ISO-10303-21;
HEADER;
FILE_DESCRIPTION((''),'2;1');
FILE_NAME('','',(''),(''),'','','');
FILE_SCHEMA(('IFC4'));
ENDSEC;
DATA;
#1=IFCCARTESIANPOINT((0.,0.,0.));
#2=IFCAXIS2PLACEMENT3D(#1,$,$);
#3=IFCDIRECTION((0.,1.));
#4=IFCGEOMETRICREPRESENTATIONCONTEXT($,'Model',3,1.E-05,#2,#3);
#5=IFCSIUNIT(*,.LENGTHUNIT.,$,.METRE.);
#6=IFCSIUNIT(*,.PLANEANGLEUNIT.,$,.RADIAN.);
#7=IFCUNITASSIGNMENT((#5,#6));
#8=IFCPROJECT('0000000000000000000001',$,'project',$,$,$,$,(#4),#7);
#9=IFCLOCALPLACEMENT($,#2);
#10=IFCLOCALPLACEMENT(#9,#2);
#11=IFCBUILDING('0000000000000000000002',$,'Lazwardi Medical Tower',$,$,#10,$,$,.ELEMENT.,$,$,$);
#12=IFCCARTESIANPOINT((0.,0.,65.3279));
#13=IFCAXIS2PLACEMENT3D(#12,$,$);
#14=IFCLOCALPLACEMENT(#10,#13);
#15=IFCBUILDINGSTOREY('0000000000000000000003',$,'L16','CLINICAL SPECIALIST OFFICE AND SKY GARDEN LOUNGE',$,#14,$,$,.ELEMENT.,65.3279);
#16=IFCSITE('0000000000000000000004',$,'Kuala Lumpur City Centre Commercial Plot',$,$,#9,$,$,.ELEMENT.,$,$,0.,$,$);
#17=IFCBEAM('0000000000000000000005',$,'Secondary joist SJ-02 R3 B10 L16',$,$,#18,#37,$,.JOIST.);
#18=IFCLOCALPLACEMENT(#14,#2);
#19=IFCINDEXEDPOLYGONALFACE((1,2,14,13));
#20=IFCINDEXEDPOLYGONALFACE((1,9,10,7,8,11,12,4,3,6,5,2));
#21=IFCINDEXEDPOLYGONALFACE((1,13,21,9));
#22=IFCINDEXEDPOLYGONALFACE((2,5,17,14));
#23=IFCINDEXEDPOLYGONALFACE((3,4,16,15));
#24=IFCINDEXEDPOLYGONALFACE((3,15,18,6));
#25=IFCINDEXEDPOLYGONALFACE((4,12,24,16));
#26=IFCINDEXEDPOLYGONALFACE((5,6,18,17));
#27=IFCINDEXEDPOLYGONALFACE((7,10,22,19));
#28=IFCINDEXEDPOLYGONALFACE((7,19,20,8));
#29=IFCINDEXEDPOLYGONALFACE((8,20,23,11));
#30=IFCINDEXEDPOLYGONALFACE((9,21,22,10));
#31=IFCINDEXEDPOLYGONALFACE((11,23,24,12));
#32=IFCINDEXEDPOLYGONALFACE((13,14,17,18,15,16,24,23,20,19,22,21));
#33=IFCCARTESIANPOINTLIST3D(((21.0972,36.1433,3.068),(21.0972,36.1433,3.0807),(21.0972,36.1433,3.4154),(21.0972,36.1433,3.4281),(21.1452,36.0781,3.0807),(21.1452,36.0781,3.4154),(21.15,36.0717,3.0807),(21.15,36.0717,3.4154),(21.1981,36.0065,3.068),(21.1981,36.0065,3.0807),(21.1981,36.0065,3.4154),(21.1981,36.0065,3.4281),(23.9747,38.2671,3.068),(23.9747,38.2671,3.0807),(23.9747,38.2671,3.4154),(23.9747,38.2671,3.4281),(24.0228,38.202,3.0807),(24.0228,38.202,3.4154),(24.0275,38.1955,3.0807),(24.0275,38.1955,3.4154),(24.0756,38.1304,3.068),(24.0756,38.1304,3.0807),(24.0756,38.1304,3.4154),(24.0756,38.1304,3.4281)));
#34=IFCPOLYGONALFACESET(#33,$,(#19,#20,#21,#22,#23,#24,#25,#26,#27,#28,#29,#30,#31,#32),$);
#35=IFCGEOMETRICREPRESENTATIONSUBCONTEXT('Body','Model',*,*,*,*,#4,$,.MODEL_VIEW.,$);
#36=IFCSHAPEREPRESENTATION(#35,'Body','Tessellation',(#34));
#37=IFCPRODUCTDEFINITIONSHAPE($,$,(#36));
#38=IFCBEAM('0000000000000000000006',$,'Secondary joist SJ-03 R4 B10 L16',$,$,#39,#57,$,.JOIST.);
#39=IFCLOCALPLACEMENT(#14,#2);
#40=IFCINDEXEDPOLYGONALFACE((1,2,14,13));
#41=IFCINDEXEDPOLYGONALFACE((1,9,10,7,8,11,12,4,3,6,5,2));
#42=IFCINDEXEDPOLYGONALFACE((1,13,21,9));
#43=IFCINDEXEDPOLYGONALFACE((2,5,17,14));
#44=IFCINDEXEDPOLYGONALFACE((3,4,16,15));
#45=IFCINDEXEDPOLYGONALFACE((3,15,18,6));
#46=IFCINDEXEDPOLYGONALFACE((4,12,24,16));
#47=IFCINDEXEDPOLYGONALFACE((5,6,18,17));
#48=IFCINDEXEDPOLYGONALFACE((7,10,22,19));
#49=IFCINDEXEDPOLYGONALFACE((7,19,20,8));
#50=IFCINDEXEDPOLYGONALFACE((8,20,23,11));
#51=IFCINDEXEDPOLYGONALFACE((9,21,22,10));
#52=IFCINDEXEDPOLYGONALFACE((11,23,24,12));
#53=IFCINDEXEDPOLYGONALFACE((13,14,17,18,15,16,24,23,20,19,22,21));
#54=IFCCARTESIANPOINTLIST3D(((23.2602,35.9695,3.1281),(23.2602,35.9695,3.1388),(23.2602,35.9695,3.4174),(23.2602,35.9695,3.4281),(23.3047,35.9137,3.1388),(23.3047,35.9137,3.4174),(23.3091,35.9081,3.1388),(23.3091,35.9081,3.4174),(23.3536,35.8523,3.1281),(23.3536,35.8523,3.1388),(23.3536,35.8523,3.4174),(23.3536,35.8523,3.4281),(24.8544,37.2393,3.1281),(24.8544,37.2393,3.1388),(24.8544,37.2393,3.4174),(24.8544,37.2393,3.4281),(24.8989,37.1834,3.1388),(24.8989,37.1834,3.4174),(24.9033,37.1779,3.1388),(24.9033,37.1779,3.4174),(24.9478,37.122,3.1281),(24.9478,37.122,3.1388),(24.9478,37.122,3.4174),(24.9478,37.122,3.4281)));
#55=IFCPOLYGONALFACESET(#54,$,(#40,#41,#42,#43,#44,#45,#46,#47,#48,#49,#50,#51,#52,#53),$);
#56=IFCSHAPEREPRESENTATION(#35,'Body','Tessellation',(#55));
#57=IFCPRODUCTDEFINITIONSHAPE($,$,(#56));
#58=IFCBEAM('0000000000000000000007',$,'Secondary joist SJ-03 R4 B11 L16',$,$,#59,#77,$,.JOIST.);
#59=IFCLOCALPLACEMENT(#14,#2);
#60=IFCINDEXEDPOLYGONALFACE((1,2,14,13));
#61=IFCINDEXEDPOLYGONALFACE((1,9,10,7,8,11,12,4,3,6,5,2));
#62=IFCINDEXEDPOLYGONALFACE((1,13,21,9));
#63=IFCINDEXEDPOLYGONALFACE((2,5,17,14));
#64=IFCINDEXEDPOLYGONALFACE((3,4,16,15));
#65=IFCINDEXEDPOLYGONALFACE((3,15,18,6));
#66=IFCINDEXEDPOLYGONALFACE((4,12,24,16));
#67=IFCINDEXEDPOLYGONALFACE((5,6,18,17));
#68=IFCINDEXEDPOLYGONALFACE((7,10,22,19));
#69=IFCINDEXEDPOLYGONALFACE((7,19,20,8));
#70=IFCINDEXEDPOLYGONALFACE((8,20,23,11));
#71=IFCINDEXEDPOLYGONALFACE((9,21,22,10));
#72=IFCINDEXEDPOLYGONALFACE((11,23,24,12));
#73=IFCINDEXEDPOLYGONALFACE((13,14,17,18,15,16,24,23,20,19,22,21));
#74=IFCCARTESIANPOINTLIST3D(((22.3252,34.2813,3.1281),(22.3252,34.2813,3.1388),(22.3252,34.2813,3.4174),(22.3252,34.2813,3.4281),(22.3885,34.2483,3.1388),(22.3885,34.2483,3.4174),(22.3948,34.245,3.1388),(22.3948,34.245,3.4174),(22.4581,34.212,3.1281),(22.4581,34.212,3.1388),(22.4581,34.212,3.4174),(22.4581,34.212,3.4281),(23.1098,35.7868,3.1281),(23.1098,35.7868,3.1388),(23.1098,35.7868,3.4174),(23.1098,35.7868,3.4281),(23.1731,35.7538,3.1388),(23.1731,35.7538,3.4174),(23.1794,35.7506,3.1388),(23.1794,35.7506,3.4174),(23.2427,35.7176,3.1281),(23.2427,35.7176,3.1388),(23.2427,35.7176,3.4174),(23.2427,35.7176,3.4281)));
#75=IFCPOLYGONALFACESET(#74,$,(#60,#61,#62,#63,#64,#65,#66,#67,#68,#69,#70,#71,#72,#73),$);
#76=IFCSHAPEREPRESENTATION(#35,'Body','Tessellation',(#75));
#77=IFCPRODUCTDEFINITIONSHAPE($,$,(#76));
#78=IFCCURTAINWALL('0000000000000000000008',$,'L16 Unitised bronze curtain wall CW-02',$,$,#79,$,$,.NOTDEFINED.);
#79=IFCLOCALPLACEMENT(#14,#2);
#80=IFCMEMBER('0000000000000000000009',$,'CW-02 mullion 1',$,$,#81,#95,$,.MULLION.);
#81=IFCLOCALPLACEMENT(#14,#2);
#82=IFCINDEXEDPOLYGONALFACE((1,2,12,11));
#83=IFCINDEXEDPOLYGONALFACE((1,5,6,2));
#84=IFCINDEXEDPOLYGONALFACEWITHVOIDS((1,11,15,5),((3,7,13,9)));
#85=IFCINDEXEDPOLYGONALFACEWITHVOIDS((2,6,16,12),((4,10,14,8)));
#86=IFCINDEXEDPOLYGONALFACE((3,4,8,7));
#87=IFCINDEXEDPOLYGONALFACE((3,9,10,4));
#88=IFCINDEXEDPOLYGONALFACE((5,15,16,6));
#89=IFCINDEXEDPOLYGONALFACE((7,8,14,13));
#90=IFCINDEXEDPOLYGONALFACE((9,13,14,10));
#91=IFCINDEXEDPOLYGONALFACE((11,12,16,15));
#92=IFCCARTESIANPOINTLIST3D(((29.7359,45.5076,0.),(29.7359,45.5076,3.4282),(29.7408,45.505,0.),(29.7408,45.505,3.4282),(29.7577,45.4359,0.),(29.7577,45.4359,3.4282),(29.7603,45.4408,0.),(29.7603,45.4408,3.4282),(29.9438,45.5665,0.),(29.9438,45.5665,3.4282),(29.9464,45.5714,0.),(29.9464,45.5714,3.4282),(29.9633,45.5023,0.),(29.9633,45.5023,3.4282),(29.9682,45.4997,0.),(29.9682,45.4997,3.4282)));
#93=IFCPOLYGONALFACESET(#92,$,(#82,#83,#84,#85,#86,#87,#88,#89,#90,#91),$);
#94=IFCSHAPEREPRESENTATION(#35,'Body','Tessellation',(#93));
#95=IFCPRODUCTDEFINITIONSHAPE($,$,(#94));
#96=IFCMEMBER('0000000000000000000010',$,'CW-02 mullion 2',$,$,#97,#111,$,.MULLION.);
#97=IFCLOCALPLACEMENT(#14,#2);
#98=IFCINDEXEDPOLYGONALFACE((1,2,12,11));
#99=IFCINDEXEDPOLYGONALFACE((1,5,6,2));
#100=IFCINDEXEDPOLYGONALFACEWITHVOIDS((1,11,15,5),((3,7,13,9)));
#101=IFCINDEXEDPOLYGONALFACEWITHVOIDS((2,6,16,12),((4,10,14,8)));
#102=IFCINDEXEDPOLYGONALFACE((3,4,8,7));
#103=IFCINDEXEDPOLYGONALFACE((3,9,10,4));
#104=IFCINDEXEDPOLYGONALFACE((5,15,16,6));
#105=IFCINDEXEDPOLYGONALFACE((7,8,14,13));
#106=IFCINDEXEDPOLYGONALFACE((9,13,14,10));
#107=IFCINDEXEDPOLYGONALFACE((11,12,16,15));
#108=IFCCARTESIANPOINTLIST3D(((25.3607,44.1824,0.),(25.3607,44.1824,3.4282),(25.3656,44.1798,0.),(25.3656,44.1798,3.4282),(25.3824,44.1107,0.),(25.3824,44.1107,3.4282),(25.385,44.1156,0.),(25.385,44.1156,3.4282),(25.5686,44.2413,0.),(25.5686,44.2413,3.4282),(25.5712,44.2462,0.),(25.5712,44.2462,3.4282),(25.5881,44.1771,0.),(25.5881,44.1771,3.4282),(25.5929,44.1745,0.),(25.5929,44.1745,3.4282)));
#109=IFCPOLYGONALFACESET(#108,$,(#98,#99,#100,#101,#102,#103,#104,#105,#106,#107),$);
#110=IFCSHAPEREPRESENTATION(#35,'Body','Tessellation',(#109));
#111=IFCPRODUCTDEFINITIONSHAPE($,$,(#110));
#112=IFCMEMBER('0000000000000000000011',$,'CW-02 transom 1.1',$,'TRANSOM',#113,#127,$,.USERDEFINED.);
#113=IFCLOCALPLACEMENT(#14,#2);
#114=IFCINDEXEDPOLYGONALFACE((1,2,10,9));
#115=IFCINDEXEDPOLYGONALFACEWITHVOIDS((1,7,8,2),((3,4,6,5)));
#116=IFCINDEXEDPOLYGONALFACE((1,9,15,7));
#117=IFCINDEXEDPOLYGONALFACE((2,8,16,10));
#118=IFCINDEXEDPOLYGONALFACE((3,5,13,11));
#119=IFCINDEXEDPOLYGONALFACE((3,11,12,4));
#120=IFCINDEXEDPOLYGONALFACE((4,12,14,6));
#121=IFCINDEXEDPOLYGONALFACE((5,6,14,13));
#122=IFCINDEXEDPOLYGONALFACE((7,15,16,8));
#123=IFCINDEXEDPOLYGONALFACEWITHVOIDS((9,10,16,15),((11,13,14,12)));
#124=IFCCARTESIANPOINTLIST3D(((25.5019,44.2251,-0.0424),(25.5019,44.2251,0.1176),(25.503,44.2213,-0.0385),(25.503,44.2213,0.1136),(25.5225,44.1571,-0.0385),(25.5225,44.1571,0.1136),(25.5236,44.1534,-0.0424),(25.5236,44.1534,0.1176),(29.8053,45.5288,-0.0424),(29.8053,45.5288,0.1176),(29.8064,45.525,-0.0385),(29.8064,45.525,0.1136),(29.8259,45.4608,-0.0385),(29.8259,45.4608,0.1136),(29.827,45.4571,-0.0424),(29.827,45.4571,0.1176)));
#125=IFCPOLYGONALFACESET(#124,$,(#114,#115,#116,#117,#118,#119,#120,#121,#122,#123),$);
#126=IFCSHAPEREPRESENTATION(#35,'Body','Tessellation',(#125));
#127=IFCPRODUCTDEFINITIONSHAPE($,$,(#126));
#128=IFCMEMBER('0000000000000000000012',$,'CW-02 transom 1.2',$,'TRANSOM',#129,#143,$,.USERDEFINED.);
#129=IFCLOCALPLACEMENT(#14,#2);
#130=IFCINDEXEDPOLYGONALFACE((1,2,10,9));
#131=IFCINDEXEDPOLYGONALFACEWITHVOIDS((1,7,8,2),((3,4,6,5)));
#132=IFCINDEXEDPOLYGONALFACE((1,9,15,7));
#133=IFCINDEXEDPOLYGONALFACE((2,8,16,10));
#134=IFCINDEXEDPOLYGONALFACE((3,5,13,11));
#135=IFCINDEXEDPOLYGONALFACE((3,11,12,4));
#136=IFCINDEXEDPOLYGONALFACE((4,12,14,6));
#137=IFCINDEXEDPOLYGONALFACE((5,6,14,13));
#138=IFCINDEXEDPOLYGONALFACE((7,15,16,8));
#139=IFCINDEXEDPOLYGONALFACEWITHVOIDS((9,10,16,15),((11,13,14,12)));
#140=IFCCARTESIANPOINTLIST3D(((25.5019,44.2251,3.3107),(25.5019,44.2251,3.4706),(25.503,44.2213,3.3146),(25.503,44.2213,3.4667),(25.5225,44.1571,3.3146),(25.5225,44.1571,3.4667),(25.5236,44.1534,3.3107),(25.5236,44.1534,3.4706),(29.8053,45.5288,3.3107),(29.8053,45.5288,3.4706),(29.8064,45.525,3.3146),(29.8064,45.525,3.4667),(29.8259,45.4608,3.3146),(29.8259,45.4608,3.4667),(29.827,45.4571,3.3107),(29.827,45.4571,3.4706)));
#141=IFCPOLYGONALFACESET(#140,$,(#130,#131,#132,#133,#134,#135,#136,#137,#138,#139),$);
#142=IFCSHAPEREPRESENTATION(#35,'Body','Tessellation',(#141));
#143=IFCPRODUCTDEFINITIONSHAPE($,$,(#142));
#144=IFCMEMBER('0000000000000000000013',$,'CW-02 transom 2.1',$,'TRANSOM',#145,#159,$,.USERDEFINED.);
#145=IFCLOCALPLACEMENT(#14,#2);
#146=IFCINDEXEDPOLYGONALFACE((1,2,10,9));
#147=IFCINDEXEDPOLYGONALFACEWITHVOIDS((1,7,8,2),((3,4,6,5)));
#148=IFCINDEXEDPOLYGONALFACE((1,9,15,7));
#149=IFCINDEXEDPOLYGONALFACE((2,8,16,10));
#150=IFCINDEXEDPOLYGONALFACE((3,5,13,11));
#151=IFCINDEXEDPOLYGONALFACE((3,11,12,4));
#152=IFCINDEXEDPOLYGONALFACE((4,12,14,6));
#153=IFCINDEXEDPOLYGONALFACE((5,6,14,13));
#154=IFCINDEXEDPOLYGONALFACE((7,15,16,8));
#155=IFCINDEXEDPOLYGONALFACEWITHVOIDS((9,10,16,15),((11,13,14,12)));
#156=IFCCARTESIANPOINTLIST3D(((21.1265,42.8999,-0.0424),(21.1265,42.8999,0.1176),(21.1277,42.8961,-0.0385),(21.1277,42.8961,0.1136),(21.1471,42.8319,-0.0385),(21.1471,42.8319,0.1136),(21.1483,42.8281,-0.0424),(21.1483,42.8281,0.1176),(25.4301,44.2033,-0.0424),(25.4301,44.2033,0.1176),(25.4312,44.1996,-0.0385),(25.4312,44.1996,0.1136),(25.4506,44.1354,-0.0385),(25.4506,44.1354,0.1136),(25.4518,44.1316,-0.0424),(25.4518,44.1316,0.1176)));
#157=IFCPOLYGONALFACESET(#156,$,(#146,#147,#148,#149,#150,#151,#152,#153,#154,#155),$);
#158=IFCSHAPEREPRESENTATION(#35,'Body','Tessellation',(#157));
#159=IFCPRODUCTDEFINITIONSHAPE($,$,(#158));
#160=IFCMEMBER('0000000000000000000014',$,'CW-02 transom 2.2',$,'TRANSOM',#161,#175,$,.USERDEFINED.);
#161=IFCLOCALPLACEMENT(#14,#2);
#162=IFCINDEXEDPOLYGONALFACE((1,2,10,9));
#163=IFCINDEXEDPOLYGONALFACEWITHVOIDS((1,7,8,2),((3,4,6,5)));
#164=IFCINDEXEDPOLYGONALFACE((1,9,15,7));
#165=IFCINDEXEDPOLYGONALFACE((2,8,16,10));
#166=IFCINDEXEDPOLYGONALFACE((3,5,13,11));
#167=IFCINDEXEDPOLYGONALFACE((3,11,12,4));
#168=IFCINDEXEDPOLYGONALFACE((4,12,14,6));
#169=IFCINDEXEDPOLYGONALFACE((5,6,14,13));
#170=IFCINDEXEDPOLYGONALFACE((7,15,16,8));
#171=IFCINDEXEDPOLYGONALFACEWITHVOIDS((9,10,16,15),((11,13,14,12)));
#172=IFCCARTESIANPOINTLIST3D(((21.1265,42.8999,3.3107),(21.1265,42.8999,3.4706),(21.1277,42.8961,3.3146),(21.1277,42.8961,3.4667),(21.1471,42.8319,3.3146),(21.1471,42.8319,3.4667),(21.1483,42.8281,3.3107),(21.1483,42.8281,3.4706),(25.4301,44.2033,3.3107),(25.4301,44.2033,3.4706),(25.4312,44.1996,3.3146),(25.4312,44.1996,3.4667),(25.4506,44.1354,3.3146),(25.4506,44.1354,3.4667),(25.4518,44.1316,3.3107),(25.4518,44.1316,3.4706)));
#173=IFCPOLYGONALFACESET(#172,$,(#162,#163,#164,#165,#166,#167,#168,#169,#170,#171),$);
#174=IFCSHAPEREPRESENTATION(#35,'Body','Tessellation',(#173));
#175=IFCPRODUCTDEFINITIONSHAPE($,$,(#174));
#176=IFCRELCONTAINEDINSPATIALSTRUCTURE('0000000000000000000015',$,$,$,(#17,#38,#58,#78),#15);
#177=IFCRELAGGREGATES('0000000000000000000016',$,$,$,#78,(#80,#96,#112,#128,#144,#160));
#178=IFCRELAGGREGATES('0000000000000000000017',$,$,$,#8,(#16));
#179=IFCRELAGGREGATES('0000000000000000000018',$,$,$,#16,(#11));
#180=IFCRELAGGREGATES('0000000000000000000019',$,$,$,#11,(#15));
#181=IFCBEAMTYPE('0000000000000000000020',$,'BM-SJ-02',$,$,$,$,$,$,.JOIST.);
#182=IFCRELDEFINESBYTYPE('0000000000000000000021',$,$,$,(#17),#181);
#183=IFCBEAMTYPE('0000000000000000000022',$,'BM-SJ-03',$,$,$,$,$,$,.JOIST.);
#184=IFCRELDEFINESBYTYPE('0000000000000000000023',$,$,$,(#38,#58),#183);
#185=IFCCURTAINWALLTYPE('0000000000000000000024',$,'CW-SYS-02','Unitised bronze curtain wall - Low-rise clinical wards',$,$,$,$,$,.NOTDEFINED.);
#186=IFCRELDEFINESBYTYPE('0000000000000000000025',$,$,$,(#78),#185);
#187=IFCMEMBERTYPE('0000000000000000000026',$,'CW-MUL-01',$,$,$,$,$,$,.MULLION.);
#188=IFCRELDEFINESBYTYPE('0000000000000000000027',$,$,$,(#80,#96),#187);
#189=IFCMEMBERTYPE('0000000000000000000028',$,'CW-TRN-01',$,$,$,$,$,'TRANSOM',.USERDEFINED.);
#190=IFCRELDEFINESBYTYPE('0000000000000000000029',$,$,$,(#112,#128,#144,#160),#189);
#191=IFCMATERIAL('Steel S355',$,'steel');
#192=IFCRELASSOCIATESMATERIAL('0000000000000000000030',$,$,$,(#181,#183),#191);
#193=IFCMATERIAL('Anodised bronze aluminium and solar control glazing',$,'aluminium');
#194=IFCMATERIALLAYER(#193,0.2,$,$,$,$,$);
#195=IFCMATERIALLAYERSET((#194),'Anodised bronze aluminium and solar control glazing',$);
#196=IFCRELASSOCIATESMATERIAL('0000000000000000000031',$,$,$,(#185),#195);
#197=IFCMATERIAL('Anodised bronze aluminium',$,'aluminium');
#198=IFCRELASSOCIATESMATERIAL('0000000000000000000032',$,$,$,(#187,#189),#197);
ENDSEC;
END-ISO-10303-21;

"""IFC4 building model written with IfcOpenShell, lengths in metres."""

from ifc_helpers import new_model, si_unit, direction, frame, origin, origin_2d, place, context, subcontext, project, spatial, hollow_rectangle, i_section, extrude, material, layer, layer_set, material_profile, profile_set, type_object, element, aggregate, save


model = new_model("IFC4")

# Units and contexts
model_context = context("Model", 3, precision=1e-05, world=origin(), true_north=direction((0.0, 1.0)))
body_context = subcontext(model_context, "Body", "Model", "MODEL_VIEW")
ifc_project = project(units=[si_unit("LENGTHUNIT", "METRE"), si_unit("PLANEANGLEUNIT", "RADIAN")], contexts=[model_context])

# Site, building, storey
site_placement = place(None, origin())
site = spatial("IfcSite", under=ifc_project, at=site_placement, Name="Kuala Lumpur City Centre Commercial Plot", CompositionType="ELEMENT", RefElevation=0.0)
building_placement = place(site_placement, origin())
building = spatial("IfcBuilding", under=site, at=building_placement, Name="Lazwardi Medical Tower", CompositionType="ELEMENT")
storey_placement = place(building_placement, frame((0.0, 0.0, 65.3279)))
storey = spatial("IfcBuildingStorey", under=building, at=storey_placement, Name="L16", Description="CLINICAL SPECIALIST OFFICE AND SKY GARDEN LOUNGE", CompositionType="ELEMENT", Elevation=65.3279)

# Beams
ifc_material_1 = material(Name="Steel S355", Category="steel")
ifc_material_profile_1 = material_profile(ifc_material_1, i_section(OverallWidth=0.1699, OverallDepth=0.3601, WebThickness=0.0081, FlangeThickness=0.0127, at=origin_2d()), Name="IPE 360")
ifc_profile_set_1 = profile_set([ifc_material_profile_1], Name="Steel S355")
beam_type_1 = type_object("IfcBeamType", Name="BM-SJ-02", PredefinedType="JOIST", material=ifc_profile_set_1)
beam_1_placement = place(storey_placement, frame((24.0251, 38.1987, 3.248), z_axis=(-0.80458, -0.593844, 0.0), x_axis=(0.593844, -0.80458, 0.0)))
element("IfcBeam", 1, at=beam_1_placement, inside=storey, type_object=beam_type_1, Name="Secondary joist SJ-02 R3 B10 L16", PredefinedType="JOIST", context=body_context, shape_type="SweptSolid", body=[
    extrude(i_section(OverallWidth=0.1699, OverallDepth=0.3601, WebThickness=0.0081, FlangeThickness=0.0127, at=origin_2d()), origin(), (0.0, 0.0, 1.0), 3.5764),
])
ifc_material_profile_2 = material_profile(ifc_material_1, i_section(OverallWidth=0.1499, OverallDepth=0.3, WebThickness=0.0071, FlangeThickness=0.0107, at=origin_2d()), Name="IPE 300")
ifc_profile_set_2 = profile_set([ifc_material_profile_2], Name="Steel S355")
beam_type_2 = type_object("IfcBeamType", Name="BM-SJ-03", PredefinedType="JOIST", material=ifc_profile_set_2)
beam_2_placement = place(storey_placement, frame((24.9011, 37.1807, 3.2781), z_axis=(-0.782211, -0.623014, 0.0), x_axis=(0.623014, -0.782211, 0.0)))
element("IfcBeam", 2, at=beam_2_placement, inside=storey, type_object=beam_type_2, Name="Secondary joist SJ-03 R4 B10 L16", PredefinedType="JOIST", context=body_context, shape_type="SweptSolid", body=[
    extrude(i_section(OverallWidth=0.1499, OverallDepth=0.3, WebThickness=0.0071, FlangeThickness=0.0107, at=origin_2d()), origin(), (0.0, 0.0, 1.0), 2.0381),
])
beam_3_placement = place(storey_placement, frame((23.1763, 35.7522, 3.2781), z_axis=(-0.462163, -0.886795, 0.0), x_axis=(0.886795, -0.462163, 0.0)))
element("IfcBeam", 3, at=beam_3_placement, inside=storey, type_object=beam_type_2, Name="Secondary joist SJ-03 R4 B11 L16", PredefinedType="JOIST", context=body_context, shape_type="SweptSolid", body=[
    extrude(i_section(OverallWidth=0.1499, OverallDepth=0.3, WebThickness=0.0071, FlangeThickness=0.0107, at=origin_2d()), origin(), (0.0, 0.0, 1.0), 1.6978),
])

# Curtain wall, members
ifc_material_2 = material(Name="Anodised bronze aluminium and solar control glazing", Category="aluminium")
ifc_layer_1 = layer(ifc_material_2, 0.2)
ifc_layer_set_1 = layer_set([ifc_layer_1], Name="Anodised bronze aluminium and solar control glazing")
curtain_wall_type = type_object("IfcCurtainWallType", Name="CW-SYS-02", Description="Unitised bronze curtain wall - Low-rise clinical wards", PredefinedType="NOTDEFINED", material=ifc_layer_set_1)
curtain_wall_placement = place(storey_placement, origin())
curtain_wall = element("IfcCurtainWall", 4, at=curtain_wall_placement, inside=storey, type_object=curtain_wall_type, Name="L16 Unitised bronze curtain wall CW-02", PredefinedType="NOTDEFINED")
ifc_material_3 = material(Name="Anodised bronze aluminium", Category="aluminium")
ifc_material_profile_3 = material_profile(ifc_material_3, hollow_rectangle(XDim=0.075, YDim=0.22, WallThickness=0.0039, at=origin_2d()), Name="ALU-MULLION 220x75x4")
ifc_profile_set_3 = profile_set([ifc_material_profile_3], Name="Anodised bronze aluminium")
member_type_1 = type_object("IfcMemberType", Name="CW-MUL-01", PredefinedType="MULLION", material=ifc_profile_set_3)
member_1_placement = place(storey_placement, frame((29.8521, 45.5037, 0.0), z_axis=(0.0, 0.0, 1.0), x_axis=(0.289896, -0.957058, 0.0)))
member_1 = element("IfcMember", 5, at=member_1_placement, type_object=member_type_1, Name="CW-02 mullion 1", PredefinedType="MULLION", context=body_context, shape_type="SweptSolid", body=[
    extrude(hollow_rectangle(XDim=0.075, YDim=0.22, WallThickness=0.0039, at=origin_2d()), origin(), (0.0, 0.0, 1.0), 3.4282),
])
member_2_placement = place(storey_placement, frame((25.4768, 44.1785, 0.0), z_axis=(0.0, 0.0, 1.0), x_axis=(0.289896, -0.957058, 0.0)))
member_2 = element("IfcMember", 6, at=member_2_placement, type_object=member_type_1, Name="CW-02 mullion 2", PredefinedType="MULLION", context=body_context, shape_type="SweptSolid", body=[
    extrude(hollow_rectangle(XDim=0.075, YDim=0.22, WallThickness=0.0039, at=origin_2d()), origin(), (0.0, 0.0, 1.0), 3.4282),
])
ifc_material_profile_4 = material_profile(ifc_material_3, hollow_rectangle(XDim=0.075, YDim=0.1599, WallThickness=0.0039, at=origin_2d()), Name="ALU-TRANSOM 160x75x4")
ifc_profile_set_4 = profile_set([ifc_material_profile_4], Name="Anodised bronze aluminium")
member_type_2 = type_object("IfcMemberType", Name="CW-TRN-01", ElementType="TRANSOM", PredefinedType="USERDEFINED", material=ifc_profile_set_4)
member_3_placement = place(storey_placement, frame((29.8162, 45.4929, 0.0376), z_axis=(-0.957047, -0.289932, 0.0), x_axis=(0.289932, -0.957047, 0.0)))
member_3 = element("IfcMember", 7, at=member_3_placement, type_object=member_type_2, Name="CW-02 transom 1.1", ObjectType="TRANSOM", PredefinedType="USERDEFINED", context=body_context, shape_type="SweptSolid", body=[
    extrude(hollow_rectangle(XDim=0.075, YDim=0.1599, WallThickness=0.0039, at=origin_2d()), origin(), (0.0, 0.0, 1.0), 4.4966),
])
member_4_placement = place(storey_placement, frame((29.8162, 45.4929, 3.3906), z_axis=(-0.957047, -0.289932, 0.0), x_axis=(0.289932, -0.957047, 0.0)))
member_4 = element("IfcMember", 8, at=member_4_placement, type_object=member_type_2, Name="CW-02 transom 1.2", ObjectType="TRANSOM", PredefinedType="USERDEFINED", context=body_context, shape_type="SweptSolid", body=[
    extrude(hollow_rectangle(XDim=0.075, YDim=0.1599, WallThickness=0.0039, at=origin_2d()), origin(), (0.0, 0.0, 1.0), 4.4966),
])
member_5_placement = place(storey_placement, frame((25.4409, 44.1675, 0.0376), z_axis=(-0.957062, -0.289882, 0.0), x_axis=(0.289882, -0.957062, 0.0)))
member_5 = element("IfcMember", 9, at=member_5_placement, type_object=member_type_2, Name="CW-02 transom 2.1", ObjectType="TRANSOM", PredefinedType="USERDEFINED", context=body_context, shape_type="SweptSolid", body=[
    extrude(hollow_rectangle(XDim=0.075, YDim=0.1599, WallThickness=0.0039, at=origin_2d()), origin(), (0.0, 0.0, 1.0), 4.4966),
])
member_6_placement = place(storey_placement, frame((25.4409, 44.1675, 3.3906), z_axis=(-0.957062, -0.289882, 0.0), x_axis=(0.289882, -0.957062, 0.0)))
member_6 = element("IfcMember", 10, at=member_6_placement, type_object=member_type_2, Name="CW-02 transom 2.2", ObjectType="TRANSOM", PredefinedType="USERDEFINED", context=body_context, shape_type="SweptSolid", body=[
    extrude(hollow_rectangle(XDim=0.075, YDim=0.1599, WallThickness=0.0039, at=origin_2d()), origin(), (0.0, 0.0, 1.0), 4.4966),
])
aggregate(curtain_wall, [member_1, member_2, member_3, member_4, member_5, member_6])

save(model, "model.ifc")
